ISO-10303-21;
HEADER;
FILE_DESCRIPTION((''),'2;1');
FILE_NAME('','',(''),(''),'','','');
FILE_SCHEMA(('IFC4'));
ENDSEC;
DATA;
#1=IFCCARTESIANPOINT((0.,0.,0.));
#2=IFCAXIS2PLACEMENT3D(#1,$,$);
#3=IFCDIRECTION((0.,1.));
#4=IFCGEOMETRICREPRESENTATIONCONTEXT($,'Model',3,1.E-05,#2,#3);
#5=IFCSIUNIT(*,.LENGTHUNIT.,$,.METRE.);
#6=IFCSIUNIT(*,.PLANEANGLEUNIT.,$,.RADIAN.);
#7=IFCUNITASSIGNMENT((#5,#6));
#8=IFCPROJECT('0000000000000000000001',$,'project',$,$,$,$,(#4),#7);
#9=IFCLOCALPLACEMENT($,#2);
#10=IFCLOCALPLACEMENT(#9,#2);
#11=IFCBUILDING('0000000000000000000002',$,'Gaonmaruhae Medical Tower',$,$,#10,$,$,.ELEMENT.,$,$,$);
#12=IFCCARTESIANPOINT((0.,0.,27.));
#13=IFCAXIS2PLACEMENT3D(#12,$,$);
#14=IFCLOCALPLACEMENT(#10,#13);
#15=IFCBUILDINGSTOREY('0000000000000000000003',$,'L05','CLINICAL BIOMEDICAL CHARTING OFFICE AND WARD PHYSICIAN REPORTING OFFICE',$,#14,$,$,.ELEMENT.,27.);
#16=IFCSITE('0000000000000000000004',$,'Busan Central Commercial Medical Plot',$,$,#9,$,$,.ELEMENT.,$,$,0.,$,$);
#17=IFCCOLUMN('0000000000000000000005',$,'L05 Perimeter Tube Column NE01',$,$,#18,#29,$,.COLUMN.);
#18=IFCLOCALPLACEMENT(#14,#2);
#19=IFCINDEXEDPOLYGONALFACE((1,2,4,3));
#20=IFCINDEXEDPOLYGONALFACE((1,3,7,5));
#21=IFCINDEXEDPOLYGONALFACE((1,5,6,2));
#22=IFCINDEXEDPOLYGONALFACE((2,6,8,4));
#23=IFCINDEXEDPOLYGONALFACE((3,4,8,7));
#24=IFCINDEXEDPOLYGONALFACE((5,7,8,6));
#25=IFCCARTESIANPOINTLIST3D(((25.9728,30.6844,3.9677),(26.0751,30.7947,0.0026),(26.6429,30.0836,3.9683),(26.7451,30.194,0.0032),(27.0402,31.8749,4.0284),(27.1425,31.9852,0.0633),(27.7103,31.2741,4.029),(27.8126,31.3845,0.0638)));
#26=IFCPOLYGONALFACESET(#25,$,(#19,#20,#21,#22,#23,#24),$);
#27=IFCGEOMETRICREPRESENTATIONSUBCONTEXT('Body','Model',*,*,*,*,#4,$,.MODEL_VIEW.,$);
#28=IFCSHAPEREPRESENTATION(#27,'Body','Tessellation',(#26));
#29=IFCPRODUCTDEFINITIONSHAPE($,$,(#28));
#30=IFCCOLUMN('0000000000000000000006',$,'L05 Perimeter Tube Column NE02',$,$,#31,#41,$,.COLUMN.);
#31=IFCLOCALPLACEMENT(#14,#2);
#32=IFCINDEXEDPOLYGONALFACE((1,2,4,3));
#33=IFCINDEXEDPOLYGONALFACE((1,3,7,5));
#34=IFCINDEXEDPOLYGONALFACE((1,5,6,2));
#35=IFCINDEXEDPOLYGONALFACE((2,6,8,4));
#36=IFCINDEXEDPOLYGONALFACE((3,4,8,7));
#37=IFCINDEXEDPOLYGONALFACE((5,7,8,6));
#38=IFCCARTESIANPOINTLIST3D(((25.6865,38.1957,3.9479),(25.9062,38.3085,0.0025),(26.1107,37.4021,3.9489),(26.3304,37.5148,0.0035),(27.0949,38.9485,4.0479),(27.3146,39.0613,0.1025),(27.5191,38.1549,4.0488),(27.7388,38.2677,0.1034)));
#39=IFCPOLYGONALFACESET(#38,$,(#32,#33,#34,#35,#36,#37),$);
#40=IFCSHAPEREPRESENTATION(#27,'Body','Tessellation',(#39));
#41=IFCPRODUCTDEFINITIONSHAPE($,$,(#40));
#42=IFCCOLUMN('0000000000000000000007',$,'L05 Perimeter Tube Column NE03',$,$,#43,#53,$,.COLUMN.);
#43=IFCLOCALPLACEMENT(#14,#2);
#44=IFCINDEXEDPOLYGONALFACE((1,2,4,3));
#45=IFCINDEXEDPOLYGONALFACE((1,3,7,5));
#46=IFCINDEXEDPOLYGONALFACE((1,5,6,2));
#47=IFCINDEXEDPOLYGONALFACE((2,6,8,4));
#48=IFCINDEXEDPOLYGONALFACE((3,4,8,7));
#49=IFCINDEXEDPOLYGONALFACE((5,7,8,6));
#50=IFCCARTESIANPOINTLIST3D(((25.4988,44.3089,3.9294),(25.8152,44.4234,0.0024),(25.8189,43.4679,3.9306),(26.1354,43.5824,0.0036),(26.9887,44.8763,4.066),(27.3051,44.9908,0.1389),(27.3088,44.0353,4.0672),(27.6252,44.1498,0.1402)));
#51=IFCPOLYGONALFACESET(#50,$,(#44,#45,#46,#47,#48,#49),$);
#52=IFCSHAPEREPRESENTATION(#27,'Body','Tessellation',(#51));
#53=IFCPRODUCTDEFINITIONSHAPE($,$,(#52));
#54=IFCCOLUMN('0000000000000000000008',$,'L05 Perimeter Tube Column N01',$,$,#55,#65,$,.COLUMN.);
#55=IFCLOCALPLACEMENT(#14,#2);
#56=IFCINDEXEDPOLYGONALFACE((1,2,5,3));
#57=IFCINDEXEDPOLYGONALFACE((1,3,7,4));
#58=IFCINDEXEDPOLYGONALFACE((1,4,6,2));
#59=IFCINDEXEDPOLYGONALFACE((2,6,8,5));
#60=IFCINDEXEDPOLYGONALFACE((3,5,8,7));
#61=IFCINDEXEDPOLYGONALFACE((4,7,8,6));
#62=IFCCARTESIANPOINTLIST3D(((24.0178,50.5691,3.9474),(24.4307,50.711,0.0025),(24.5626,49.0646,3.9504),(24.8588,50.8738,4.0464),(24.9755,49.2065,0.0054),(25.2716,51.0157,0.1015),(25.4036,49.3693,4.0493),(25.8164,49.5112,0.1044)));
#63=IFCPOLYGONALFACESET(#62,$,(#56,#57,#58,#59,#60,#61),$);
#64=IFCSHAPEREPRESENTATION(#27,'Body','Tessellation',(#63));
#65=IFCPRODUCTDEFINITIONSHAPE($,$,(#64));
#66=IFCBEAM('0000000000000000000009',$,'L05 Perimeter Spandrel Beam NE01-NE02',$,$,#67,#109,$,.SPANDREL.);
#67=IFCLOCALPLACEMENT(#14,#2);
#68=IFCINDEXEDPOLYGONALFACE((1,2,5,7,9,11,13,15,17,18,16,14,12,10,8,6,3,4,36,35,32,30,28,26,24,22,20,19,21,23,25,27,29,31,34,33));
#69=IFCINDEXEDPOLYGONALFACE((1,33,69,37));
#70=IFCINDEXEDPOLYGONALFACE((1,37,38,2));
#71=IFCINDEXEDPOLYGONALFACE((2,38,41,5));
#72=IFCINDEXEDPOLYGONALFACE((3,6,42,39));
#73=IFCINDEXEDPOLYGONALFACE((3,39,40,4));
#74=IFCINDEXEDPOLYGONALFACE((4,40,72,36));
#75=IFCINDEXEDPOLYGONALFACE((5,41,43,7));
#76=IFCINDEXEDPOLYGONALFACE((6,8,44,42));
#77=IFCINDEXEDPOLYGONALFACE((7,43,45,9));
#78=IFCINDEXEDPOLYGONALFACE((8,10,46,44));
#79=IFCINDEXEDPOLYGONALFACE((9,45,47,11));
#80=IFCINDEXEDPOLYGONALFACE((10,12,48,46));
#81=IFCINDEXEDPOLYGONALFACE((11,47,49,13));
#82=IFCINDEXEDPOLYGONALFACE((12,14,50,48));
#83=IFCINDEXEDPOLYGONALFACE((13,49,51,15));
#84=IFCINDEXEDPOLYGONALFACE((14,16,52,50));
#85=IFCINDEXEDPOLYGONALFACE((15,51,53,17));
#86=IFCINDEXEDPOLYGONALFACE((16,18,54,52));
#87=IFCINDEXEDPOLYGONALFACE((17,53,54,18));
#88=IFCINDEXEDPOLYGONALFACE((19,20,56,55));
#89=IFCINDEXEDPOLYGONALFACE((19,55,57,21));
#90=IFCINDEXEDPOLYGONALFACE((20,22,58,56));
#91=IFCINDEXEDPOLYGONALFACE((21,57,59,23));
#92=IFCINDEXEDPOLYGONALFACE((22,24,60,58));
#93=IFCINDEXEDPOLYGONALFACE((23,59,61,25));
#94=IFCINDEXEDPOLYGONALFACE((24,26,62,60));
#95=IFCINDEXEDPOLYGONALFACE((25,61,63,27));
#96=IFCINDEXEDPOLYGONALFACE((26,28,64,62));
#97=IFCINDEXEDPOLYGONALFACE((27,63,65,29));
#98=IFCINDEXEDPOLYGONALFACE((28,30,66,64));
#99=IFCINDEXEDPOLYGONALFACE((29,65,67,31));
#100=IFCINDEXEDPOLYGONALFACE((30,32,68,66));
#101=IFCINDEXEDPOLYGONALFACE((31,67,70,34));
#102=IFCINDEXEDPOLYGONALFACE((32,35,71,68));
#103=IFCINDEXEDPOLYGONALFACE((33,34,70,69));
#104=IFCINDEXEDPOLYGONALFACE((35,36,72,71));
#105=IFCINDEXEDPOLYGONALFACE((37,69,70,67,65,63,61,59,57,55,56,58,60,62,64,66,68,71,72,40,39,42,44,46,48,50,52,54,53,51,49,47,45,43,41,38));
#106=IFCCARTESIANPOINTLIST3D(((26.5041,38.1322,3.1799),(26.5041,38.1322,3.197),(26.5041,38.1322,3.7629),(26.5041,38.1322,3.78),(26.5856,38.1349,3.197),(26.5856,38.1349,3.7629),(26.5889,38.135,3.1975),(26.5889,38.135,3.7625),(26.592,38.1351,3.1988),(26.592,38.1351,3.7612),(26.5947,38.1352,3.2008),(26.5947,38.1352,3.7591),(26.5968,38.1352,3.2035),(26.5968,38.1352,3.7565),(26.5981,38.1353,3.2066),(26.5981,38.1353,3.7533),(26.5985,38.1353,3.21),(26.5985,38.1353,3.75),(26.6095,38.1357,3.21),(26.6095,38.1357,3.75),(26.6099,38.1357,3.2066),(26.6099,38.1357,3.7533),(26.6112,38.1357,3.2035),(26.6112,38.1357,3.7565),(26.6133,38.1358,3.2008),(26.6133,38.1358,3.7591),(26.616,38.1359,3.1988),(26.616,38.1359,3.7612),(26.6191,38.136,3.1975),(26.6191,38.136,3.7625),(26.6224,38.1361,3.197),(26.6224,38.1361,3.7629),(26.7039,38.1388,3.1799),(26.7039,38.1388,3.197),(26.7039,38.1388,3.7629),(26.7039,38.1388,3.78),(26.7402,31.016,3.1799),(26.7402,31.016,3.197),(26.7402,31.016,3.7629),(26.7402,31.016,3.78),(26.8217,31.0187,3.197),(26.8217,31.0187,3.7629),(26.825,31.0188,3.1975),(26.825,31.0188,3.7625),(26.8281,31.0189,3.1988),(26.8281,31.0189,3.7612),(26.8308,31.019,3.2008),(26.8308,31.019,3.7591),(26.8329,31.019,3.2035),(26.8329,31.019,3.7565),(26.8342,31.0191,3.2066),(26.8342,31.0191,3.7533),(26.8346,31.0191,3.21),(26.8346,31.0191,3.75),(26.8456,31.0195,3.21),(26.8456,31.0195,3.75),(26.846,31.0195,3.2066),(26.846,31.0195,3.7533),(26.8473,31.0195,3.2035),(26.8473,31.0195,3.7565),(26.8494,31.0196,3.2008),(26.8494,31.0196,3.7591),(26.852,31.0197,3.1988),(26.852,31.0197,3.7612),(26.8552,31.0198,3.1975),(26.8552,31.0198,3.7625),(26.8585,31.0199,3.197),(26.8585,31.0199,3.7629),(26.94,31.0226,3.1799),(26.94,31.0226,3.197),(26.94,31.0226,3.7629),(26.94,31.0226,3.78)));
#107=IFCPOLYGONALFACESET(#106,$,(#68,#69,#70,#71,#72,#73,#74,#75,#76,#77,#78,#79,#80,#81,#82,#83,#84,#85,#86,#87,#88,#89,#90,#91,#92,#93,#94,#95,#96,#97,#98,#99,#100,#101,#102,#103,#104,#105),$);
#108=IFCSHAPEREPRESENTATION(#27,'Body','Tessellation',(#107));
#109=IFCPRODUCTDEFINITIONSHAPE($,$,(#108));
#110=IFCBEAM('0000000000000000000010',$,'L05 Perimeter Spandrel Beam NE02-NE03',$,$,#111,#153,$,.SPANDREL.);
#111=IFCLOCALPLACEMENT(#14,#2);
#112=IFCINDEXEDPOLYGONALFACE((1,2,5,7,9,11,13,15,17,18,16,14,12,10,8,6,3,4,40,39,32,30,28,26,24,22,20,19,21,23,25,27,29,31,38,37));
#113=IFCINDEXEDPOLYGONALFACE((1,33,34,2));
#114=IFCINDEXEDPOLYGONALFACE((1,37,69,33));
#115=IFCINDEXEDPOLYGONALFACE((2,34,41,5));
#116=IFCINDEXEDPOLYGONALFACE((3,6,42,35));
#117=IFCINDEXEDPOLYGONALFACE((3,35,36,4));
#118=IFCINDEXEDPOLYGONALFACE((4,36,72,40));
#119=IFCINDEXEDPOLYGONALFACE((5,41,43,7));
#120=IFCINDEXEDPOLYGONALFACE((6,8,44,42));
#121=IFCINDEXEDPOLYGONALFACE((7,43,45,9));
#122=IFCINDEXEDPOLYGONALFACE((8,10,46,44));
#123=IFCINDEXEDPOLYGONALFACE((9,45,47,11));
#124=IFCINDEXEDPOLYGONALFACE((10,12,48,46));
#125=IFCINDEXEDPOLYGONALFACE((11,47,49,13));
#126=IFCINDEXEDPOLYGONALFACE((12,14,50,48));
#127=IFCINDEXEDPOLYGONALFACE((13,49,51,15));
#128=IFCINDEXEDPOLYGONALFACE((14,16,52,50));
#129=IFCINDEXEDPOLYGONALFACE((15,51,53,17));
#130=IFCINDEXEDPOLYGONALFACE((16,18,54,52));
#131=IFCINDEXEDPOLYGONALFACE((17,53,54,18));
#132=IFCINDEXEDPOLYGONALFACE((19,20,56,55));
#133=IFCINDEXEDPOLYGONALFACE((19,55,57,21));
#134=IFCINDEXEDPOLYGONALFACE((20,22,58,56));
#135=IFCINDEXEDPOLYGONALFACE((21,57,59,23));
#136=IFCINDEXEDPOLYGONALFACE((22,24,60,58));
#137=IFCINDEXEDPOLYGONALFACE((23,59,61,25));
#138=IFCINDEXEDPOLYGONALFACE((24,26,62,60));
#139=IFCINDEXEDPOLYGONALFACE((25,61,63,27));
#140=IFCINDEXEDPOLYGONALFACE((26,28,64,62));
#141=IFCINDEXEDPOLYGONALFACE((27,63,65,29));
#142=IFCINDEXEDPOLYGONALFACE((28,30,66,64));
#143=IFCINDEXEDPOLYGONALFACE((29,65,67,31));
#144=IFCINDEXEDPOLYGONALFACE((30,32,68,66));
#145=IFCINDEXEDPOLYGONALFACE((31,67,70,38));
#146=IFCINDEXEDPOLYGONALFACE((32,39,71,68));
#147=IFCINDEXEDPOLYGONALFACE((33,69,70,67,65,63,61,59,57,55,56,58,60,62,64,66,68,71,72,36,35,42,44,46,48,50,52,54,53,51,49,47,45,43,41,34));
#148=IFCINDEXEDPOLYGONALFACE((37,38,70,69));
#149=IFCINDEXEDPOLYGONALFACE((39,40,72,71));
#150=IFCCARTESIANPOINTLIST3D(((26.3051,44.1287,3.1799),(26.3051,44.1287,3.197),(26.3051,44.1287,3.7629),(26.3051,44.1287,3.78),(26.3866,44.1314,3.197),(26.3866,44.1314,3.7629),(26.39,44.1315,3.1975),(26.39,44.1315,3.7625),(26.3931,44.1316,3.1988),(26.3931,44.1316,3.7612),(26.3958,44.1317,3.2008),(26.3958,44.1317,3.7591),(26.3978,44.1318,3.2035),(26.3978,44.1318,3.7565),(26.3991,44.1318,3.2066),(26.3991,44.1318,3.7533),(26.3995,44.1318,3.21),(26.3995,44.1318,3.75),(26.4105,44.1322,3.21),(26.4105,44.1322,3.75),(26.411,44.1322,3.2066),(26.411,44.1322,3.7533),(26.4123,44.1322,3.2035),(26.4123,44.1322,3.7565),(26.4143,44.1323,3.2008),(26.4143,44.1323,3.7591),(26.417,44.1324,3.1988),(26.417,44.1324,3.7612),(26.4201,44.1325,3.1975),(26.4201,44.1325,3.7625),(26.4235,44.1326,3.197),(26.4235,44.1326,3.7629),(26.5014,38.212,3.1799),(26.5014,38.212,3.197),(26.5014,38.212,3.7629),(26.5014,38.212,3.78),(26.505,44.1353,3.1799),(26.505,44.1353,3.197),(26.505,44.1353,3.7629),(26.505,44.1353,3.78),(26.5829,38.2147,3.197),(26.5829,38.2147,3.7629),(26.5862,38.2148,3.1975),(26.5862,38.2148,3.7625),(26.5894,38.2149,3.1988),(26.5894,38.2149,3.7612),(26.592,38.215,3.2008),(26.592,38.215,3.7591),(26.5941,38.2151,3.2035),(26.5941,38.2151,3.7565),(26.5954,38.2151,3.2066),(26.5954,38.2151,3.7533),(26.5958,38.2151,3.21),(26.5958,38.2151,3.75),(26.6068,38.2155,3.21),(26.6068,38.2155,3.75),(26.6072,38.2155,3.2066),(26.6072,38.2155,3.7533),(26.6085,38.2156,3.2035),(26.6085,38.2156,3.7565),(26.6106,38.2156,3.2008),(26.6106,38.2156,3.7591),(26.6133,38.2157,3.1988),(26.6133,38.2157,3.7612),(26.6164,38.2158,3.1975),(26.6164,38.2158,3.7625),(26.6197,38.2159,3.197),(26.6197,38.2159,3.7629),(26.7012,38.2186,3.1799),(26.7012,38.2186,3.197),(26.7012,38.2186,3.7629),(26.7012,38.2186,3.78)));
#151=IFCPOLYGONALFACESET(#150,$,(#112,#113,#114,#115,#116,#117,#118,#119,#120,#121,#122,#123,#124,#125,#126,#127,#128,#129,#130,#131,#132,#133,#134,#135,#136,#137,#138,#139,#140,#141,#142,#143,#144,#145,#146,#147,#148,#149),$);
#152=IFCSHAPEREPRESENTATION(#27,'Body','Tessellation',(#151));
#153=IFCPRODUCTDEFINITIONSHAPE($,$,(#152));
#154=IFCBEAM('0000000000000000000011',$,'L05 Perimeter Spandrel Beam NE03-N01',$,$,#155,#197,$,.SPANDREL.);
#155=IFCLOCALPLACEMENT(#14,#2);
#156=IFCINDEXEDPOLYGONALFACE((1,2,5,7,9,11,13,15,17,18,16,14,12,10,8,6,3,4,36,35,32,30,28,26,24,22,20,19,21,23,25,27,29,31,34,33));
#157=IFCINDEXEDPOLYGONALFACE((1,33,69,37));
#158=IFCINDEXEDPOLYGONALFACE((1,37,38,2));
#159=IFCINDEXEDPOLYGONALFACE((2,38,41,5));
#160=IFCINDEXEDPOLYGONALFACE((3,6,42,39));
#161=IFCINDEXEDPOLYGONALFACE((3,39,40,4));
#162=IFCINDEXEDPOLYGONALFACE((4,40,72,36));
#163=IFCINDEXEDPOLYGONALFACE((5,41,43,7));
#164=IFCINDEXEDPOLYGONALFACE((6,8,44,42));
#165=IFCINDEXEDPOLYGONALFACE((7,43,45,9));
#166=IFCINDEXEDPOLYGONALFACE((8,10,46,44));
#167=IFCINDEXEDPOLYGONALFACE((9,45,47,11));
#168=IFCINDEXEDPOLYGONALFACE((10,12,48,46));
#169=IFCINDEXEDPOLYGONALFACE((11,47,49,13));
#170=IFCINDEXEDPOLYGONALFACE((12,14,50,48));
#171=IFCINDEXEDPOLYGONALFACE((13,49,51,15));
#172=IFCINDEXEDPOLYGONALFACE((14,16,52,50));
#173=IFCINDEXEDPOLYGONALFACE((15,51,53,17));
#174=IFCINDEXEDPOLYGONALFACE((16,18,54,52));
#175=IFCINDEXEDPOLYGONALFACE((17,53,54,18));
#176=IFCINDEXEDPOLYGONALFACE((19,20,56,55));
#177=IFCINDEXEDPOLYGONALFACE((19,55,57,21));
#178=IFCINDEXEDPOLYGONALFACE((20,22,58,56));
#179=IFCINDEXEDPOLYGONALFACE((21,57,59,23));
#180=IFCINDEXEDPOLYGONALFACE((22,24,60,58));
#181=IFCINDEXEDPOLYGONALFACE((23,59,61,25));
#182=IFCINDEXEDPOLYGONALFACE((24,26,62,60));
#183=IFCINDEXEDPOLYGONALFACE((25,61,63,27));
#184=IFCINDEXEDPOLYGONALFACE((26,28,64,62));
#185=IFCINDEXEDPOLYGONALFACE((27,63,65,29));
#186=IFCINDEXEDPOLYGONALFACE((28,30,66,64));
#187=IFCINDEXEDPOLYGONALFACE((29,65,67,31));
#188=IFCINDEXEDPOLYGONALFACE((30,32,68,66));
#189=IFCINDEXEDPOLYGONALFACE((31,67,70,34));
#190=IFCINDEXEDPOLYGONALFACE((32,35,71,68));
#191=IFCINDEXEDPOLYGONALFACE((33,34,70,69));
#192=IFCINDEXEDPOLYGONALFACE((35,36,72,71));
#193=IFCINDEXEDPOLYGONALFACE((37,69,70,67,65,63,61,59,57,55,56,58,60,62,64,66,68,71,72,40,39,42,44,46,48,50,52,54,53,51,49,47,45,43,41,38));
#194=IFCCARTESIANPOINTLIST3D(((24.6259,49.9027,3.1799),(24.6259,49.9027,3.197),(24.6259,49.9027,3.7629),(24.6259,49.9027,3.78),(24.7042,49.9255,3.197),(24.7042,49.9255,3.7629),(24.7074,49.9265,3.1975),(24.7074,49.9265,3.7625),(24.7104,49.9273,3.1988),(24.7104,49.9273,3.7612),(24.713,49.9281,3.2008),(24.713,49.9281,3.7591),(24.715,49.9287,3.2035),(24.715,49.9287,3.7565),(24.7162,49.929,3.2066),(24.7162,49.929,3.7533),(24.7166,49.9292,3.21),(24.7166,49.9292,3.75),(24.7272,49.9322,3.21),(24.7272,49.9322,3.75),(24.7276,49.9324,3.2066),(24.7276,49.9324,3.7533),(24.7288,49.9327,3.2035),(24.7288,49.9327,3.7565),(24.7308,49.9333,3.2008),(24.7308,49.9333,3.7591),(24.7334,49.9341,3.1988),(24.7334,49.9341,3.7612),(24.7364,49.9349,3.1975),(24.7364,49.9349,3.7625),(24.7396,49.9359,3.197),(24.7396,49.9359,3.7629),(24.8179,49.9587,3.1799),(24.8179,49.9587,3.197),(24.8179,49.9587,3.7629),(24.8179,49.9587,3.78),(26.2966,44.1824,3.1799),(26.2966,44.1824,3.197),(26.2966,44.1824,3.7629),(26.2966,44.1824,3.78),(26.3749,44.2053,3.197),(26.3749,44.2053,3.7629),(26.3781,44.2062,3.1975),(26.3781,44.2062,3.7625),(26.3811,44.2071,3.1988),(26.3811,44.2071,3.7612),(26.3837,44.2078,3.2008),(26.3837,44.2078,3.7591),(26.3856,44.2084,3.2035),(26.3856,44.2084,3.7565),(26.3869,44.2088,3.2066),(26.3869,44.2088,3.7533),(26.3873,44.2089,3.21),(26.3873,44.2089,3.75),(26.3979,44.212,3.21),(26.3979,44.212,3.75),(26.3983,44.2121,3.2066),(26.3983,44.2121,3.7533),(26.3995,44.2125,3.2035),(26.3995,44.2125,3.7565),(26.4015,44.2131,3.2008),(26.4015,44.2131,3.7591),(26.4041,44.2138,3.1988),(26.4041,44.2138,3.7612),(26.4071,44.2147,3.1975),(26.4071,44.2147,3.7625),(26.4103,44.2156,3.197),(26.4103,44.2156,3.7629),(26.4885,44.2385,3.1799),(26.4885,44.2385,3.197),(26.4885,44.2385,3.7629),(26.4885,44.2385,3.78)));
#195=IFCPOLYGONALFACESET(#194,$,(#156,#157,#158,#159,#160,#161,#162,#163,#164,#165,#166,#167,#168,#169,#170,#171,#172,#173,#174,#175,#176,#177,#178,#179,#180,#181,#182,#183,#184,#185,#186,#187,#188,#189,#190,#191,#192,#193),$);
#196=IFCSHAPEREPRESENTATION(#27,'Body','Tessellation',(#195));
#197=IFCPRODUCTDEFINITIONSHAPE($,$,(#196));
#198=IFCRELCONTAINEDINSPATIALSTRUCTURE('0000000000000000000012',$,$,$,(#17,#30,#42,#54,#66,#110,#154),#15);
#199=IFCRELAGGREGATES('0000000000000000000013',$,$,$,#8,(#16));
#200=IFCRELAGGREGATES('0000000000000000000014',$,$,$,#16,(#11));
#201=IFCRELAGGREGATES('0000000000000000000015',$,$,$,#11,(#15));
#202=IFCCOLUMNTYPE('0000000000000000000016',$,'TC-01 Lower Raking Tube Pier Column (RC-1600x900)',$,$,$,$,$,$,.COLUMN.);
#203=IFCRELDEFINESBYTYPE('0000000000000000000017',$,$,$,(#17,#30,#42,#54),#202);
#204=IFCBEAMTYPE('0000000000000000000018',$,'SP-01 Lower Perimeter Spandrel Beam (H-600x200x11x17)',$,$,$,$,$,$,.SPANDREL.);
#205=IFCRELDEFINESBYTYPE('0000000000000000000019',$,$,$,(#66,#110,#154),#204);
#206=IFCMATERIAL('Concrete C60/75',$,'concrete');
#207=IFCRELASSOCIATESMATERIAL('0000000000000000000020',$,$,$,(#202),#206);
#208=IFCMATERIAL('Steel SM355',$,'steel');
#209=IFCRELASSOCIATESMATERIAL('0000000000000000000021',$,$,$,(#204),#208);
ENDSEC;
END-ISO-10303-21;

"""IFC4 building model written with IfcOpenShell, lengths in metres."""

from ifc_helpers import new_model, si_unit, direction, frame, origin, origin_2d, place, context, subcontext, project, spatial, rectangle, i_section, extrude, material, material_profile, profile_set, type_object, element, save


model = new_model("IFC4")

# Units and contexts
model_context = context("Model", 3, precision=1e-05, world=origin(), true_north=direction((0.0, 1.0)))
body_context = subcontext(model_context, "Body", "Model", "MODEL_VIEW")
ifc_project = project(units=[si_unit("LENGTHUNIT", "METRE"), si_unit("PLANEANGLEUNIT", "RADIAN")], contexts=[model_context])

# Site, building, storey
site_placement = place(None, origin())
site = spatial("IfcSite", under=ifc_project, at=site_placement, Name="Busan Central Commercial Medical Plot", CompositionType="ELEMENT", RefElevation=0.0)
building_placement = place(site_placement, origin())
building = spatial("IfcBuilding", under=site, at=building_placement, Name="Gaonmaruhae Medical Tower", CompositionType="ELEMENT")
storey_placement = place(building_placement, frame((0.0, 0.0, 27.0)))
storey = spatial("IfcBuildingStorey", under=building, at=storey_placement, Name="L05", Description="CLINICAL BIOMEDICAL CHARTING OFFICE AND WARD PHYSICIAN REPORTING OFFICE", CompositionType="ELEMENT", Elevation=27.0)

# Columns
ifc_material_1 = material(Name="Concrete C60/75", Category="concrete")
ifc_material_profile_1 = material_profile(ifc_material_1, rectangle(XDim=1.6001, YDim=0.8999, at=origin_2d()), Name="RC-1600x900")
ifc_profile_set_1 = profile_set([ifc_material_profile_1], Name="Concrete C60/75")
column_type = type_object("IfcColumnType", Name="TC-01 Lower Raking Tube Pier Column (RC-1600x900)", PredefinedType="COLUMN", material=ifc_profile_set_1)
column_1_placement = place(storey_placement, frame((26.9438, 31.0896, 0.0332), z_axis=(-0.02578, -0.027811, 0.999281), x_axis=(0.667087, 0.744014, 0.037917)))
element("IfcColumn", 1, at=column_1_placement, inside=storey, type_object=column_type, Name="L05 Perimeter Tube Column NE01", PredefinedType="COLUMN", context=body_context, shape_type="SweptSolid", body=[
    extrude(rectangle(XDim=1.6001, YDim=0.8999, at=origin_2d()), origin(), (0.0, 0.0, 1.0), 3.968),
])
column_2_placement = place(storey_placement, frame((26.8225, 38.2881, 0.053), z_axis=(-0.055584, -0.028533, 0.998046), x_axis=(0.8802, 0.470473, 0.062471)))
element("IfcColumn", 2, at=column_2_placement, inside=storey, type_object=column_type, Name="L05 Perimeter Tube Column NE02", PredefinedType="COLUMN", context=body_context, shape_type="SweptSolid", body=[
    extrude(rectangle(XDim=1.6001, YDim=0.8999, at=origin_2d()), origin(), (0.0, 0.0, 1.0), 3.9531),
])
column_3_placement = place(storey_placement, frame((26.7202, 44.2866, 0.0713), z_axis=(-0.080278, -0.029051, 0.996349), x_axis=(0.931118, 0.354588, 0.085361)))
element("IfcColumn", 3, at=column_3_placement, inside=storey, type_object=column_type, Name="L05 Perimeter Tube Column NE03", PredefinedType="COLUMN", context=body_context, shape_type="SweptSolid", body=[
    extrude(rectangle(XDim=1.6001, YDim=0.8999, at=origin_2d()), origin(), (0.0, 0.0, 1.0), 3.9414),
])
column_4_placement = place(storey_placement, frame((25.1235, 50.1111, 0.0535), z_axis=(-0.104019, -0.035739, 0.993933), x_axis=(0.340479, -0.94025, 0.001824)))
element("IfcColumn", 4, at=column_4_placement, inside=storey, type_object=column_type, Name="L05 Perimeter Tube Column N01", PredefinedType="COLUMN", context=body_context, shape_type="SweptSolid", body=[
    extrude(rectangle(XDim=1.6001, YDim=0.8999, at=origin_2d()), origin(), (0.0, 0.0, 1.0), 3.969),
])

# Beams
ifc_material_2 = material(Name="Steel SM355", Category="steel")
ifc_material_profile_2 = material_profile(ifc_material_2, i_section(OverallWidth=0.2, OverallDepth=0.6001, WebThickness=0.011, FlangeThickness=0.0171, FilletRadius=0.0129, at=origin_2d()), Name="H-600x200x11x17")
ifc_profile_set_2 = profile_set([ifc_material_profile_2], Name="Steel SM355")
beam_type = type_object("IfcBeamType", Name="SP-01 Lower Perimeter Spandrel Beam (H-600x200x11x17)", PredefinedType="SPANDREL", material=ifc_profile_set_2)
beam_1_placement = place(storey_placement, frame((26.8401, 31.0193, 3.48), z_axis=(-0.033157, 0.99945, 0.0), x_axis=(-0.99945, -0.033157, 0.0)))
element("IfcBeam", 5, at=beam_1_placement, inside=storey, type_object=beam_type, Name="L05 Perimeter Spandrel Beam NE01-NE02", PredefinedType="SPANDREL", context=body_context, shape_type="SweptSolid", body=[
    extrude(i_section(OverallWidth=0.2, OverallDepth=0.6001, WebThickness=0.011, FlangeThickness=0.0171, FilletRadius=0.0129, at=origin_2d()), origin(), (0.0, 0.0, 1.0), 7.1201),
])
beam_2_placement = place(storey_placement, frame((26.6013, 38.2153, 3.48), z_axis=(-0.033157, 0.99945, 0.0), x_axis=(-0.99945, -0.033157, 0.0)))
element("IfcBeam", 6, at=beam_2_placement, inside=storey, type_object=beam_type, Name="L05 Perimeter Spandrel Beam NE02-NE03", PredefinedType="SPANDREL", context=body_context, shape_type="SweptSolid", body=[
    extrude(i_section(OverallWidth=0.2, OverallDepth=0.6001, WebThickness=0.011, FlangeThickness=0.0171, FilletRadius=0.0129, at=origin_2d()), origin(), (0.0, 0.0, 1.0), 5.9199),
])
beam_3_placement = place(storey_placement, frame((26.3926, 44.2104, 3.48), z_axis=(-0.280349, 0.959898, 0.0), x_axis=(-0.959898, -0.280349, 0.0)))
element("IfcBeam", 7, at=beam_3_placement, inside=storey, type_object=beam_type, Name="L05 Perimeter Spandrel Beam NE03-N01", PredefinedType="SPANDREL", context=body_context, shape_type="SweptSolid", body=[
    extrude(i_section(OverallWidth=0.2, OverallDepth=0.6001, WebThickness=0.011, FlangeThickness=0.0171, FilletRadius=0.0129, at=origin_2d()), origin(), (0.0, 0.0, 1.0), 5.9592),
])

save(model, "model.ifc")
